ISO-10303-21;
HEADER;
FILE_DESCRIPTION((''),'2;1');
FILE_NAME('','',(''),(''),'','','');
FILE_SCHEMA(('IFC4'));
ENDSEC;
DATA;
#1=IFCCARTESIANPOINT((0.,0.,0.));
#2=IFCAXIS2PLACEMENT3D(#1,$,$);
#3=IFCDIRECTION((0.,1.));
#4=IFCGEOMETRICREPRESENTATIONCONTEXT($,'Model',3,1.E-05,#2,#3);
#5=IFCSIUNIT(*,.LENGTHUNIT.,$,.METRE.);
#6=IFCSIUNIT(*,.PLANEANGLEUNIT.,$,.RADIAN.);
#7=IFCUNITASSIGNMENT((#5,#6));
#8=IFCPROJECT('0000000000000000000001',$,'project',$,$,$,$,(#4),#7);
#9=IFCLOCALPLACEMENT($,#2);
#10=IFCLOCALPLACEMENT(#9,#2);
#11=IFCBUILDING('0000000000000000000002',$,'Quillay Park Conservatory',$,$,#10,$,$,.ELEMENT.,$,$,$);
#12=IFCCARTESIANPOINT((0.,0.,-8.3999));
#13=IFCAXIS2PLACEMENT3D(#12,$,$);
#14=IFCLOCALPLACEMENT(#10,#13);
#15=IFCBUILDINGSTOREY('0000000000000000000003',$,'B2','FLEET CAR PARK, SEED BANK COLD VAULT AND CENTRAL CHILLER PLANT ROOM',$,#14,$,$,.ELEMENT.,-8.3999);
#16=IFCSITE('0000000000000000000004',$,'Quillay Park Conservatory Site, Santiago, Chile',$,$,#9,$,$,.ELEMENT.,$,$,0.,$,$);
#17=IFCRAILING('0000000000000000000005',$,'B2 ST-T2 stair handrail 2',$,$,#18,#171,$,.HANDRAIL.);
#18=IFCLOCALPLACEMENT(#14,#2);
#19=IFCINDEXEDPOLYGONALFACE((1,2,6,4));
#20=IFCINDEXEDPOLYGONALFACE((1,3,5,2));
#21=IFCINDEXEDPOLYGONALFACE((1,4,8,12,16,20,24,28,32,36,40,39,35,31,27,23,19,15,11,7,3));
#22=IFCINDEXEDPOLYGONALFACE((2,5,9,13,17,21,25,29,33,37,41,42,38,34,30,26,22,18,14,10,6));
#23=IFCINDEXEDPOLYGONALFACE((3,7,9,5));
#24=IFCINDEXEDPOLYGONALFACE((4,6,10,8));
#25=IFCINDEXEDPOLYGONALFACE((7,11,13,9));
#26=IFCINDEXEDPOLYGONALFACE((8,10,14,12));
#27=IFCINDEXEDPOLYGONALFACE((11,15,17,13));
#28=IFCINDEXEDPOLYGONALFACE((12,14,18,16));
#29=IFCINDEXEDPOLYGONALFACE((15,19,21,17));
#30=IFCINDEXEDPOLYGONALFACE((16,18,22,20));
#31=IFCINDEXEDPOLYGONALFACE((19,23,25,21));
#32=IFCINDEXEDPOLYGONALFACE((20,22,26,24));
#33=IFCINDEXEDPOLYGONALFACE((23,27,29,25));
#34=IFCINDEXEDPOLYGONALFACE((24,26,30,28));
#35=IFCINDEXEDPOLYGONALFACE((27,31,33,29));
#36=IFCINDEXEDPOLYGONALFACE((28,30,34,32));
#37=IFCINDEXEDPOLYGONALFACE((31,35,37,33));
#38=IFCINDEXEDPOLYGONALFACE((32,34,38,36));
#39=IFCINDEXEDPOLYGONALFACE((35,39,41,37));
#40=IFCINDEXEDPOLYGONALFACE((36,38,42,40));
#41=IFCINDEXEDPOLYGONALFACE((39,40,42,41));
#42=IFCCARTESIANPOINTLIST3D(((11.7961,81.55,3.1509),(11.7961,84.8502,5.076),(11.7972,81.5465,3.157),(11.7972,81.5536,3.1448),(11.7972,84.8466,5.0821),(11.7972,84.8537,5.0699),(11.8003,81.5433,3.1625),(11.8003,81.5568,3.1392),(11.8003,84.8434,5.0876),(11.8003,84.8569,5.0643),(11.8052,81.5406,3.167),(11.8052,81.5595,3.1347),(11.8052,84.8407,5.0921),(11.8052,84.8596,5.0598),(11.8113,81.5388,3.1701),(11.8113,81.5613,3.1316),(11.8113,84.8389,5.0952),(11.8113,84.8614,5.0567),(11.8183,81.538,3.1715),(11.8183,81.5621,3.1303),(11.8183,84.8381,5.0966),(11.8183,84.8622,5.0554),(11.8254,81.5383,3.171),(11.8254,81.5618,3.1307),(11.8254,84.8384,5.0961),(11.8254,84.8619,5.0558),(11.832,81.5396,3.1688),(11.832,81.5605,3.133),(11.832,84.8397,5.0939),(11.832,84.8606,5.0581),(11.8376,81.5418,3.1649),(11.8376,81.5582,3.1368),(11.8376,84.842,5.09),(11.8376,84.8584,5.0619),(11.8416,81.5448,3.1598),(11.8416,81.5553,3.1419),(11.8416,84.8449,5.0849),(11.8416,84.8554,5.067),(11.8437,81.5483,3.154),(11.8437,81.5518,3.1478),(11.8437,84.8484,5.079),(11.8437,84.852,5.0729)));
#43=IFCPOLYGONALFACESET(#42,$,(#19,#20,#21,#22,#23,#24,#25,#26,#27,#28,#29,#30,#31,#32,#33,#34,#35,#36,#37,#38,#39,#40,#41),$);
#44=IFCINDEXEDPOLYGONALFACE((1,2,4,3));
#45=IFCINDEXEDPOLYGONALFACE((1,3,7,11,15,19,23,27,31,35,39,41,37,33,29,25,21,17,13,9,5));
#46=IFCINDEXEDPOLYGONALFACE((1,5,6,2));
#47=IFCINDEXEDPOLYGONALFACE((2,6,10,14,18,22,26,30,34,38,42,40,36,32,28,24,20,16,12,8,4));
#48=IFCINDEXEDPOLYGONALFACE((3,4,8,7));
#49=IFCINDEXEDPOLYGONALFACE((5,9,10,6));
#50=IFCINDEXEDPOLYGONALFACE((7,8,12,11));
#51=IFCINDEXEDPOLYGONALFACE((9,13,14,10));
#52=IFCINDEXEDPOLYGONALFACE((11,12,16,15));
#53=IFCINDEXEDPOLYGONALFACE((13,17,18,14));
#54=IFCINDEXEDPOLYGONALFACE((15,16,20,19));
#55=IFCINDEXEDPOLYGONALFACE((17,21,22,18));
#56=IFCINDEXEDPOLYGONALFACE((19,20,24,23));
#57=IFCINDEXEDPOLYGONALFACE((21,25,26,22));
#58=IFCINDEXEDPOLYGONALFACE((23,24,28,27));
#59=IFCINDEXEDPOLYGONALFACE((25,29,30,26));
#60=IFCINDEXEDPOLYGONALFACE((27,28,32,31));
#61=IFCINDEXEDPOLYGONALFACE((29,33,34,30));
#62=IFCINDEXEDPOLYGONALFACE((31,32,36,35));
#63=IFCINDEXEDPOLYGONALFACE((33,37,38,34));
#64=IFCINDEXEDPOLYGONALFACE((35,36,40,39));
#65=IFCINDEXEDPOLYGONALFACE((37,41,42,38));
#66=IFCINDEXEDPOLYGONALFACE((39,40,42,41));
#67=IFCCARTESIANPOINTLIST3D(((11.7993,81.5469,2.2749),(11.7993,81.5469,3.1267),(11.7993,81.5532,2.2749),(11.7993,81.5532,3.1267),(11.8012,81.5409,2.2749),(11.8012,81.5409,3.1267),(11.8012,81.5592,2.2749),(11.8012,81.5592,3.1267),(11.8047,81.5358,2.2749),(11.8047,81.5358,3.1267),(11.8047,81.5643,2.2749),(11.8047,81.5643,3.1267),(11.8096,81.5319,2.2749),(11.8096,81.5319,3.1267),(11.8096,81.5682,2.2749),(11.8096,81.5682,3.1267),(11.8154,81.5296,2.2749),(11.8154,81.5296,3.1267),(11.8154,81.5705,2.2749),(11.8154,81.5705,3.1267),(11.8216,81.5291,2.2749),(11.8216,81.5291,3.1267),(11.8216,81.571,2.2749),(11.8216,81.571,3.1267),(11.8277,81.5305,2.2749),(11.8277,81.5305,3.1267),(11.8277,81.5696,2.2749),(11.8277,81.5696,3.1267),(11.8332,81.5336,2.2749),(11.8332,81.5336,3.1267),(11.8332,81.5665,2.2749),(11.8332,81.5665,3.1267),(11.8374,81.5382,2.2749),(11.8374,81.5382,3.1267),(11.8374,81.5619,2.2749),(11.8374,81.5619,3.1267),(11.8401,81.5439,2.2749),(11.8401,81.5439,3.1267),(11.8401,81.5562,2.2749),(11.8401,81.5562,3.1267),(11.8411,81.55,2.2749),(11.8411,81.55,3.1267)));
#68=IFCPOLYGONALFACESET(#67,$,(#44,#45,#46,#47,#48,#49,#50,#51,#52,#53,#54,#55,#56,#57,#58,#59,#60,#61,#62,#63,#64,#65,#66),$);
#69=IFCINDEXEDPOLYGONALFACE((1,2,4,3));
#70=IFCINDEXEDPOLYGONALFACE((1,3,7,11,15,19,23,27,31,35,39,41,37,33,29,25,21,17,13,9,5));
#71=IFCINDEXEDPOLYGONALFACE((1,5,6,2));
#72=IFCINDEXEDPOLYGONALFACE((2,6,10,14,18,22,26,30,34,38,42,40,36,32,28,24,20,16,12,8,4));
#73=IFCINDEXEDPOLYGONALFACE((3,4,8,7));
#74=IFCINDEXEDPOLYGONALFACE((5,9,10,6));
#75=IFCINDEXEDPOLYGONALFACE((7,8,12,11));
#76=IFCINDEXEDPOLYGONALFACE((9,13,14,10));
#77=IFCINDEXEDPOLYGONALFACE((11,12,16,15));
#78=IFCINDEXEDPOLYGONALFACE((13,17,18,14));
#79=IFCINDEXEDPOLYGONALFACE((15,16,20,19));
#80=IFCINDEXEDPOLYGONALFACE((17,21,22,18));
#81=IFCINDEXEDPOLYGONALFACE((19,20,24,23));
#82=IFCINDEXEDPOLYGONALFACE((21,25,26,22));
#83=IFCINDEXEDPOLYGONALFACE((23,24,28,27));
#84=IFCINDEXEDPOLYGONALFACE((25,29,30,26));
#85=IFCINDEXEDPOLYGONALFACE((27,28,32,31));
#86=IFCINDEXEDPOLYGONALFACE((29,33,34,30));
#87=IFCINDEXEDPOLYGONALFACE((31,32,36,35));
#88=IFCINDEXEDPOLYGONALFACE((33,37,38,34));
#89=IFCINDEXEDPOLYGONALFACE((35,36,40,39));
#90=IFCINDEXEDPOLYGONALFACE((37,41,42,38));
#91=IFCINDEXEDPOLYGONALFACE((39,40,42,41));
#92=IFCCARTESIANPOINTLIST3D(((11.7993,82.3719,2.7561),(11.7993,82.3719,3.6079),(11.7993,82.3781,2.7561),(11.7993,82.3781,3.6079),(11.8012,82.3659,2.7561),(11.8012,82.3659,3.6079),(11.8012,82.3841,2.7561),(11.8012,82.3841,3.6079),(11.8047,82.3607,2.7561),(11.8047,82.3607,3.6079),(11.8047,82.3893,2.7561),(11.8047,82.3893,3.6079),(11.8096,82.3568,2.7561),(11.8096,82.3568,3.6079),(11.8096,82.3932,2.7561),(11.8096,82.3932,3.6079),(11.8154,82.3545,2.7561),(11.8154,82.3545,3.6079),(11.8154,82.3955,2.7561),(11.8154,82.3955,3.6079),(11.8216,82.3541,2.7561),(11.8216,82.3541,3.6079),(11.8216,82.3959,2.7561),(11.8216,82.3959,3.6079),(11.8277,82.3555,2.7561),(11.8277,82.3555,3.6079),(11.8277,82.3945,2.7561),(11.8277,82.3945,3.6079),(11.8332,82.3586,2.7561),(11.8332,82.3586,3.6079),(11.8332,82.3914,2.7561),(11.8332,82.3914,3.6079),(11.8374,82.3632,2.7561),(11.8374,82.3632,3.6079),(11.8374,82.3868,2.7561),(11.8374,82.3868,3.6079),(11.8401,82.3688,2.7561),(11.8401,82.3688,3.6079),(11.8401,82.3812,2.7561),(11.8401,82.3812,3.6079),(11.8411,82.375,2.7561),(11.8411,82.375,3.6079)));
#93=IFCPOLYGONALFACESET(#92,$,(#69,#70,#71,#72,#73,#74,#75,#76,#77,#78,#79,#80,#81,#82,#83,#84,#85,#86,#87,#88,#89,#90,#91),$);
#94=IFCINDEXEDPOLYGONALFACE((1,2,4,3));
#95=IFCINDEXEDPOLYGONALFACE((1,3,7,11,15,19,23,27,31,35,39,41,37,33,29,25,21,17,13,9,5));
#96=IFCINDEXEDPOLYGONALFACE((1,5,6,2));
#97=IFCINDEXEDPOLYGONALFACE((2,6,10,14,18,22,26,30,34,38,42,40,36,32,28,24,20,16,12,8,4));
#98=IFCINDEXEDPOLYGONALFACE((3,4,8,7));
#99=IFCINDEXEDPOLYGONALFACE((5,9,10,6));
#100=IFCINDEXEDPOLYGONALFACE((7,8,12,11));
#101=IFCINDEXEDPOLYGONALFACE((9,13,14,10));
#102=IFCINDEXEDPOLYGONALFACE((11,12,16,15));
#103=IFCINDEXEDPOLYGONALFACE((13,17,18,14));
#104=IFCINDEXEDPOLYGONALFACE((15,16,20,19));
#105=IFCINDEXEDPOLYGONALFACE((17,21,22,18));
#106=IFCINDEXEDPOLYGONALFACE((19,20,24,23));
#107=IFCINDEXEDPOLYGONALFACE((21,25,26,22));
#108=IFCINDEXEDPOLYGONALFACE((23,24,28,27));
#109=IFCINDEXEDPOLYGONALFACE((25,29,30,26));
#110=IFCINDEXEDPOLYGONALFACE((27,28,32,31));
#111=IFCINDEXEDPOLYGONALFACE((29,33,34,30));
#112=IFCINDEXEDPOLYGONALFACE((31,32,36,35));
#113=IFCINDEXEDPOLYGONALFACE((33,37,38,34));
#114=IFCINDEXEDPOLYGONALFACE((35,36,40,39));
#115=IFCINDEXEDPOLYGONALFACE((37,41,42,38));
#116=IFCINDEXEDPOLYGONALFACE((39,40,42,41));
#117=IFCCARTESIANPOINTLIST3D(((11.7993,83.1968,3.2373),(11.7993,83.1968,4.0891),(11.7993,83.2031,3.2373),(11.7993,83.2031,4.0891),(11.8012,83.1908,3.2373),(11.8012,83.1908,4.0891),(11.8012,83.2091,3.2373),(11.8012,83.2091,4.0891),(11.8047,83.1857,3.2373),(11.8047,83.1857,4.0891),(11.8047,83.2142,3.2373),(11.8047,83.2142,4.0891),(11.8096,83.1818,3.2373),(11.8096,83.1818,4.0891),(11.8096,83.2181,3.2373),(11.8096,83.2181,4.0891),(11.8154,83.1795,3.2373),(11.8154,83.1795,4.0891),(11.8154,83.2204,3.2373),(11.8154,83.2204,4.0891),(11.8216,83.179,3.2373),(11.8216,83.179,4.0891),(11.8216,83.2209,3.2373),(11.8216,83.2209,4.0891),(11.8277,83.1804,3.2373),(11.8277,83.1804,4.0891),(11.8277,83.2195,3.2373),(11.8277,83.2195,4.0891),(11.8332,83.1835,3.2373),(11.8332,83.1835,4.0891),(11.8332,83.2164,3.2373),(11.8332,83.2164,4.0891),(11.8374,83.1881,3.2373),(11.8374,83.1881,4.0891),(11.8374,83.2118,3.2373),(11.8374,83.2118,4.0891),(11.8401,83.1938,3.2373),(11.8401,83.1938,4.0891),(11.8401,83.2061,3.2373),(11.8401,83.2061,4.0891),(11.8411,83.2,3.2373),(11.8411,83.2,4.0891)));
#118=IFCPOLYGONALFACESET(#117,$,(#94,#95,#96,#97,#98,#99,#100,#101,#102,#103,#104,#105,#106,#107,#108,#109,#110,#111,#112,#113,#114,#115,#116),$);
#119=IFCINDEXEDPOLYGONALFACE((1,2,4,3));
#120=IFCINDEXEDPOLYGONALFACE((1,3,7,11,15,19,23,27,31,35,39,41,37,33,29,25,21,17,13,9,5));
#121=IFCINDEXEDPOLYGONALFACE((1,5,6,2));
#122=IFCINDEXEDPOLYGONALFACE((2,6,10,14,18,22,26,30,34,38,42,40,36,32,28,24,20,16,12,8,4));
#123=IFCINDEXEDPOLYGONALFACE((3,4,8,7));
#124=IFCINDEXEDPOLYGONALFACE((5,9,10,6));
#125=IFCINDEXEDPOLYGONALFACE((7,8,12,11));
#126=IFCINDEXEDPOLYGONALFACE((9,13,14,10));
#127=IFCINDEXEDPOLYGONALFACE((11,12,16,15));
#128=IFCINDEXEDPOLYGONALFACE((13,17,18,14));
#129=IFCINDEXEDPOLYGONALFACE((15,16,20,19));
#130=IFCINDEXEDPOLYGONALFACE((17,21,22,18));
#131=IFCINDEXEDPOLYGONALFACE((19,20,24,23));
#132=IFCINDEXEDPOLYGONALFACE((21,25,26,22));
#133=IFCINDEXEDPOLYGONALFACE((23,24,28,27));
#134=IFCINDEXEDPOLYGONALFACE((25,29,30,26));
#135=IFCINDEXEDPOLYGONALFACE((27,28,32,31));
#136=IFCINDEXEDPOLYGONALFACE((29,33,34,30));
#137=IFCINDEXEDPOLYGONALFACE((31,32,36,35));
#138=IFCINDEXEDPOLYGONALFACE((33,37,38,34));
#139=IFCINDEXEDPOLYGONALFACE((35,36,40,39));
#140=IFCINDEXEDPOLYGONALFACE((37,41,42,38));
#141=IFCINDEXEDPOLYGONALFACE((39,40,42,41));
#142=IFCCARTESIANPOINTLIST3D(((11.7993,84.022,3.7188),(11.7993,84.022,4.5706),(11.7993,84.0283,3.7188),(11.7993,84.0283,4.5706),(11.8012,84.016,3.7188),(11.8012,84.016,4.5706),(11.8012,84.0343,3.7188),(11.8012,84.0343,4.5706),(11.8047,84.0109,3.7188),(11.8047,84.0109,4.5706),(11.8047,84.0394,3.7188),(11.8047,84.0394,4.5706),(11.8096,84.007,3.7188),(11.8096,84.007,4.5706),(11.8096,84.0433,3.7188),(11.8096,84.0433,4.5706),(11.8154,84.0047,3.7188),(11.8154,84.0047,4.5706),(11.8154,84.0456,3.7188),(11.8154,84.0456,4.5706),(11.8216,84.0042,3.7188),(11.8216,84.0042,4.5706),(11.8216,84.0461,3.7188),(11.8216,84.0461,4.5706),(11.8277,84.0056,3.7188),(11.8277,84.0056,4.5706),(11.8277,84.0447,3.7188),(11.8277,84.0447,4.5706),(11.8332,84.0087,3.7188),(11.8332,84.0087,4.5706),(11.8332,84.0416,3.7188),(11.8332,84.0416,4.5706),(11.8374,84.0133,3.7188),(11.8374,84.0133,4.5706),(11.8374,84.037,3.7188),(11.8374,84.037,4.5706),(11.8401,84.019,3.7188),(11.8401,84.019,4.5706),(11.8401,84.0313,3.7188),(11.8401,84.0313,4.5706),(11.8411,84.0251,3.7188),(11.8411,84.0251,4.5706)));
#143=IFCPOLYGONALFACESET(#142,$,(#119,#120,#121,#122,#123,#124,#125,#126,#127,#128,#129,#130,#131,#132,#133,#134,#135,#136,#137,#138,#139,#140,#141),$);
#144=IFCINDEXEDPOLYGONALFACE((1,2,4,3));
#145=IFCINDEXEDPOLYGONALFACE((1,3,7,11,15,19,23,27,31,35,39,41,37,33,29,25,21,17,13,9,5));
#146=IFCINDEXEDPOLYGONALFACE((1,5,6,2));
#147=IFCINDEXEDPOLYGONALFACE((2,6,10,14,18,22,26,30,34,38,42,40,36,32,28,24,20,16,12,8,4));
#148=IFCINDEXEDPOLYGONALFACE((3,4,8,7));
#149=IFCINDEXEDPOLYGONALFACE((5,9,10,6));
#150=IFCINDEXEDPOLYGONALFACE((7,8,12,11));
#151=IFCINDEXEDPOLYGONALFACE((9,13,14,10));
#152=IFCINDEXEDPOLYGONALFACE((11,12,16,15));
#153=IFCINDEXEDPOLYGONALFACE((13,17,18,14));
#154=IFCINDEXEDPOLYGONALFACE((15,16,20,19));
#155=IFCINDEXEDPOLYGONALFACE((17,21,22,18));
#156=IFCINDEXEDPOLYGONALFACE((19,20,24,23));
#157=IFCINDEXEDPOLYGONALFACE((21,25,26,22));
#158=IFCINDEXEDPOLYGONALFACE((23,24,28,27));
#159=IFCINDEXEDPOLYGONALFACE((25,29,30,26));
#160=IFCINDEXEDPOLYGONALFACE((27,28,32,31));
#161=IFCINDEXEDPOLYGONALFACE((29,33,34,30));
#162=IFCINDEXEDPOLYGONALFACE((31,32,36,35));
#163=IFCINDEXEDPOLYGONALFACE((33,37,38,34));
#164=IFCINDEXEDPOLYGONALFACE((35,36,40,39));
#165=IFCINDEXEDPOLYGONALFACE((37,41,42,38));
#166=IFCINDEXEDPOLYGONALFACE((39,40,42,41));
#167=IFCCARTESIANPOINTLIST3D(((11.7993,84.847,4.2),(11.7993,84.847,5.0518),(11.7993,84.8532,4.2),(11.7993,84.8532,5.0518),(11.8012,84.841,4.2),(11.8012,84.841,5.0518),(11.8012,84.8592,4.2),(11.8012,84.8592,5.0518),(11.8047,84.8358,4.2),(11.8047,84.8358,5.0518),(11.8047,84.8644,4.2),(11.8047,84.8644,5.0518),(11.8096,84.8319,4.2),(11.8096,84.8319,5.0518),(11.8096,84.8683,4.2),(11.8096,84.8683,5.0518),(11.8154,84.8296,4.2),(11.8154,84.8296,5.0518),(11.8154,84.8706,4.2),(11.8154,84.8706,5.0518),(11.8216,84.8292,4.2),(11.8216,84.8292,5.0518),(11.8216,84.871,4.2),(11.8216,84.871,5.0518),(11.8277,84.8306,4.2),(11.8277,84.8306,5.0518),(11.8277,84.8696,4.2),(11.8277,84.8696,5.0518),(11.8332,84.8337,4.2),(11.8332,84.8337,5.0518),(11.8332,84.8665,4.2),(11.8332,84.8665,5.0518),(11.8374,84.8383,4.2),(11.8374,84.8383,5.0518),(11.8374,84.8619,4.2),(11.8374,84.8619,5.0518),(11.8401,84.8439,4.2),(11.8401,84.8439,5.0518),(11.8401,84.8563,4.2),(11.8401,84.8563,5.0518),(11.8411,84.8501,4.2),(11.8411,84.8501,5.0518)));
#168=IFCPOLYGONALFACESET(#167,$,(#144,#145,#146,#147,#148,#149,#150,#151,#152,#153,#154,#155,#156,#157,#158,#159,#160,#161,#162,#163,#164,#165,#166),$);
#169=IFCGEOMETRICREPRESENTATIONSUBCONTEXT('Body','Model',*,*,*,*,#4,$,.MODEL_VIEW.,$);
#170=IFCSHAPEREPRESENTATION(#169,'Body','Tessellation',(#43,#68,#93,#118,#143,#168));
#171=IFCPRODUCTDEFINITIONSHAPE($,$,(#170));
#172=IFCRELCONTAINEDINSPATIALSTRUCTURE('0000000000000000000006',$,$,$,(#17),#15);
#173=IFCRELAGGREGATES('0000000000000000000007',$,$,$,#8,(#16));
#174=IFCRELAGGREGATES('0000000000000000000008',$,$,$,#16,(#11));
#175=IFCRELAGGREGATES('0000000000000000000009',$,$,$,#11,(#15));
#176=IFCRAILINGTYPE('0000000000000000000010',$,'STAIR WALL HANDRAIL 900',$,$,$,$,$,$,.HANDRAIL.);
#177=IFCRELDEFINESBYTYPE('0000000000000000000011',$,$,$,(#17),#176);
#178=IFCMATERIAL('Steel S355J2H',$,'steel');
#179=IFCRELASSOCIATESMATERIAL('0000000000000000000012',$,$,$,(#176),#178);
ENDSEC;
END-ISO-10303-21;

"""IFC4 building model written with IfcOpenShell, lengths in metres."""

from ifc_helpers import new_model, si_unit, direction, frame, origin, origin_2d, place, context, subcontext, project, spatial, circle, extrude, material, type_object, element, save


model = new_model("IFC4")

# Units and contexts
model_context = context("Model", 3, precision=1e-05, world=origin(), true_north=direction((0.0, 1.0)))
body_context = subcontext(model_context, "Body", "Model", "MODEL_VIEW")
ifc_project = project(units=[si_unit("LENGTHUNIT", "METRE"), si_unit("PLANEANGLEUNIT", "RADIAN")], contexts=[model_context])

# Site, building, storey
site_placement = place(None, origin())
site = spatial("IfcSite", under=ifc_project, at=site_placement, Name="Quillay Park Conservatory Site, Santiago, Chile", CompositionType="ELEMENT", RefElevation=0.0)
building_placement = place(site_placement, origin())
building = spatial("IfcBuilding", under=site, at=building_placement, Name="Quillay Park Conservatory", CompositionType="ELEMENT")
storey_placement = place(building_placement, frame((0.0, 0.0, -8.3999)))
storey = spatial("IfcBuildingStorey", under=building, at=storey_placement, Name="B2", Description="FLEET CAR PARK, SEED BANK COLD VAULT AND CENTRAL CHILLER PLANT ROOM", CompositionType="ELEMENT", Elevation=-8.3999)

# Railing
ifc_material_1 = material(Name="Steel S355J2H", Category="steel")
railing_type_1 = type_object("IfcRailingType", Name="STAIR WALL HANDRAIL 900", PredefinedType="HANDRAIL", material=ifc_material_1)
railing_1_placement = place(storey_placement, frame((11.8201, 81.55, 2.2749)))
element("IfcRailing", 1, at=railing_1_placement, inside=storey, type_object=railing_type_1, Name="B2 ST-T2 stair handrail 2", PredefinedType="HANDRAIL", context=body_context, shape_type="SweptSolid", body=[
    extrude(circle(Radius=0.0239, at=origin_2d()), frame((0.0, 0.0, 0.876), z_axis=(0.0, 0.863777, 0.503875), x_axis=(-1.0, 0.0, 0.0)), (0.0, 0.0, 1.0), 3.8206),
    extrude(circle(Radius=0.021, at=origin_2d()), origin(), (0.0, 0.0, 1.0), 0.8518),
    extrude(circle(Radius=0.021, at=origin_2d()), frame((0.0, 0.825, 0.4812)), (0.0, 0.0, 1.0), 0.8518),
    extrude(circle(Radius=0.021, at=origin_2d()), frame((0.0, 1.6499, 0.9624)), (0.0, 0.0, 1.0), 0.8518),
    extrude(circle(Radius=0.021, at=origin_2d()), frame((0.0, 2.4751, 1.4438)), (0.0, 0.0, 1.0), 0.8518),
    extrude(circle(Radius=0.021, at=origin_2d()), frame((0.0, 3.3, 1.925)), (0.0, 0.0, 1.0), 0.8518),
])

save(model, "model.ifc")
